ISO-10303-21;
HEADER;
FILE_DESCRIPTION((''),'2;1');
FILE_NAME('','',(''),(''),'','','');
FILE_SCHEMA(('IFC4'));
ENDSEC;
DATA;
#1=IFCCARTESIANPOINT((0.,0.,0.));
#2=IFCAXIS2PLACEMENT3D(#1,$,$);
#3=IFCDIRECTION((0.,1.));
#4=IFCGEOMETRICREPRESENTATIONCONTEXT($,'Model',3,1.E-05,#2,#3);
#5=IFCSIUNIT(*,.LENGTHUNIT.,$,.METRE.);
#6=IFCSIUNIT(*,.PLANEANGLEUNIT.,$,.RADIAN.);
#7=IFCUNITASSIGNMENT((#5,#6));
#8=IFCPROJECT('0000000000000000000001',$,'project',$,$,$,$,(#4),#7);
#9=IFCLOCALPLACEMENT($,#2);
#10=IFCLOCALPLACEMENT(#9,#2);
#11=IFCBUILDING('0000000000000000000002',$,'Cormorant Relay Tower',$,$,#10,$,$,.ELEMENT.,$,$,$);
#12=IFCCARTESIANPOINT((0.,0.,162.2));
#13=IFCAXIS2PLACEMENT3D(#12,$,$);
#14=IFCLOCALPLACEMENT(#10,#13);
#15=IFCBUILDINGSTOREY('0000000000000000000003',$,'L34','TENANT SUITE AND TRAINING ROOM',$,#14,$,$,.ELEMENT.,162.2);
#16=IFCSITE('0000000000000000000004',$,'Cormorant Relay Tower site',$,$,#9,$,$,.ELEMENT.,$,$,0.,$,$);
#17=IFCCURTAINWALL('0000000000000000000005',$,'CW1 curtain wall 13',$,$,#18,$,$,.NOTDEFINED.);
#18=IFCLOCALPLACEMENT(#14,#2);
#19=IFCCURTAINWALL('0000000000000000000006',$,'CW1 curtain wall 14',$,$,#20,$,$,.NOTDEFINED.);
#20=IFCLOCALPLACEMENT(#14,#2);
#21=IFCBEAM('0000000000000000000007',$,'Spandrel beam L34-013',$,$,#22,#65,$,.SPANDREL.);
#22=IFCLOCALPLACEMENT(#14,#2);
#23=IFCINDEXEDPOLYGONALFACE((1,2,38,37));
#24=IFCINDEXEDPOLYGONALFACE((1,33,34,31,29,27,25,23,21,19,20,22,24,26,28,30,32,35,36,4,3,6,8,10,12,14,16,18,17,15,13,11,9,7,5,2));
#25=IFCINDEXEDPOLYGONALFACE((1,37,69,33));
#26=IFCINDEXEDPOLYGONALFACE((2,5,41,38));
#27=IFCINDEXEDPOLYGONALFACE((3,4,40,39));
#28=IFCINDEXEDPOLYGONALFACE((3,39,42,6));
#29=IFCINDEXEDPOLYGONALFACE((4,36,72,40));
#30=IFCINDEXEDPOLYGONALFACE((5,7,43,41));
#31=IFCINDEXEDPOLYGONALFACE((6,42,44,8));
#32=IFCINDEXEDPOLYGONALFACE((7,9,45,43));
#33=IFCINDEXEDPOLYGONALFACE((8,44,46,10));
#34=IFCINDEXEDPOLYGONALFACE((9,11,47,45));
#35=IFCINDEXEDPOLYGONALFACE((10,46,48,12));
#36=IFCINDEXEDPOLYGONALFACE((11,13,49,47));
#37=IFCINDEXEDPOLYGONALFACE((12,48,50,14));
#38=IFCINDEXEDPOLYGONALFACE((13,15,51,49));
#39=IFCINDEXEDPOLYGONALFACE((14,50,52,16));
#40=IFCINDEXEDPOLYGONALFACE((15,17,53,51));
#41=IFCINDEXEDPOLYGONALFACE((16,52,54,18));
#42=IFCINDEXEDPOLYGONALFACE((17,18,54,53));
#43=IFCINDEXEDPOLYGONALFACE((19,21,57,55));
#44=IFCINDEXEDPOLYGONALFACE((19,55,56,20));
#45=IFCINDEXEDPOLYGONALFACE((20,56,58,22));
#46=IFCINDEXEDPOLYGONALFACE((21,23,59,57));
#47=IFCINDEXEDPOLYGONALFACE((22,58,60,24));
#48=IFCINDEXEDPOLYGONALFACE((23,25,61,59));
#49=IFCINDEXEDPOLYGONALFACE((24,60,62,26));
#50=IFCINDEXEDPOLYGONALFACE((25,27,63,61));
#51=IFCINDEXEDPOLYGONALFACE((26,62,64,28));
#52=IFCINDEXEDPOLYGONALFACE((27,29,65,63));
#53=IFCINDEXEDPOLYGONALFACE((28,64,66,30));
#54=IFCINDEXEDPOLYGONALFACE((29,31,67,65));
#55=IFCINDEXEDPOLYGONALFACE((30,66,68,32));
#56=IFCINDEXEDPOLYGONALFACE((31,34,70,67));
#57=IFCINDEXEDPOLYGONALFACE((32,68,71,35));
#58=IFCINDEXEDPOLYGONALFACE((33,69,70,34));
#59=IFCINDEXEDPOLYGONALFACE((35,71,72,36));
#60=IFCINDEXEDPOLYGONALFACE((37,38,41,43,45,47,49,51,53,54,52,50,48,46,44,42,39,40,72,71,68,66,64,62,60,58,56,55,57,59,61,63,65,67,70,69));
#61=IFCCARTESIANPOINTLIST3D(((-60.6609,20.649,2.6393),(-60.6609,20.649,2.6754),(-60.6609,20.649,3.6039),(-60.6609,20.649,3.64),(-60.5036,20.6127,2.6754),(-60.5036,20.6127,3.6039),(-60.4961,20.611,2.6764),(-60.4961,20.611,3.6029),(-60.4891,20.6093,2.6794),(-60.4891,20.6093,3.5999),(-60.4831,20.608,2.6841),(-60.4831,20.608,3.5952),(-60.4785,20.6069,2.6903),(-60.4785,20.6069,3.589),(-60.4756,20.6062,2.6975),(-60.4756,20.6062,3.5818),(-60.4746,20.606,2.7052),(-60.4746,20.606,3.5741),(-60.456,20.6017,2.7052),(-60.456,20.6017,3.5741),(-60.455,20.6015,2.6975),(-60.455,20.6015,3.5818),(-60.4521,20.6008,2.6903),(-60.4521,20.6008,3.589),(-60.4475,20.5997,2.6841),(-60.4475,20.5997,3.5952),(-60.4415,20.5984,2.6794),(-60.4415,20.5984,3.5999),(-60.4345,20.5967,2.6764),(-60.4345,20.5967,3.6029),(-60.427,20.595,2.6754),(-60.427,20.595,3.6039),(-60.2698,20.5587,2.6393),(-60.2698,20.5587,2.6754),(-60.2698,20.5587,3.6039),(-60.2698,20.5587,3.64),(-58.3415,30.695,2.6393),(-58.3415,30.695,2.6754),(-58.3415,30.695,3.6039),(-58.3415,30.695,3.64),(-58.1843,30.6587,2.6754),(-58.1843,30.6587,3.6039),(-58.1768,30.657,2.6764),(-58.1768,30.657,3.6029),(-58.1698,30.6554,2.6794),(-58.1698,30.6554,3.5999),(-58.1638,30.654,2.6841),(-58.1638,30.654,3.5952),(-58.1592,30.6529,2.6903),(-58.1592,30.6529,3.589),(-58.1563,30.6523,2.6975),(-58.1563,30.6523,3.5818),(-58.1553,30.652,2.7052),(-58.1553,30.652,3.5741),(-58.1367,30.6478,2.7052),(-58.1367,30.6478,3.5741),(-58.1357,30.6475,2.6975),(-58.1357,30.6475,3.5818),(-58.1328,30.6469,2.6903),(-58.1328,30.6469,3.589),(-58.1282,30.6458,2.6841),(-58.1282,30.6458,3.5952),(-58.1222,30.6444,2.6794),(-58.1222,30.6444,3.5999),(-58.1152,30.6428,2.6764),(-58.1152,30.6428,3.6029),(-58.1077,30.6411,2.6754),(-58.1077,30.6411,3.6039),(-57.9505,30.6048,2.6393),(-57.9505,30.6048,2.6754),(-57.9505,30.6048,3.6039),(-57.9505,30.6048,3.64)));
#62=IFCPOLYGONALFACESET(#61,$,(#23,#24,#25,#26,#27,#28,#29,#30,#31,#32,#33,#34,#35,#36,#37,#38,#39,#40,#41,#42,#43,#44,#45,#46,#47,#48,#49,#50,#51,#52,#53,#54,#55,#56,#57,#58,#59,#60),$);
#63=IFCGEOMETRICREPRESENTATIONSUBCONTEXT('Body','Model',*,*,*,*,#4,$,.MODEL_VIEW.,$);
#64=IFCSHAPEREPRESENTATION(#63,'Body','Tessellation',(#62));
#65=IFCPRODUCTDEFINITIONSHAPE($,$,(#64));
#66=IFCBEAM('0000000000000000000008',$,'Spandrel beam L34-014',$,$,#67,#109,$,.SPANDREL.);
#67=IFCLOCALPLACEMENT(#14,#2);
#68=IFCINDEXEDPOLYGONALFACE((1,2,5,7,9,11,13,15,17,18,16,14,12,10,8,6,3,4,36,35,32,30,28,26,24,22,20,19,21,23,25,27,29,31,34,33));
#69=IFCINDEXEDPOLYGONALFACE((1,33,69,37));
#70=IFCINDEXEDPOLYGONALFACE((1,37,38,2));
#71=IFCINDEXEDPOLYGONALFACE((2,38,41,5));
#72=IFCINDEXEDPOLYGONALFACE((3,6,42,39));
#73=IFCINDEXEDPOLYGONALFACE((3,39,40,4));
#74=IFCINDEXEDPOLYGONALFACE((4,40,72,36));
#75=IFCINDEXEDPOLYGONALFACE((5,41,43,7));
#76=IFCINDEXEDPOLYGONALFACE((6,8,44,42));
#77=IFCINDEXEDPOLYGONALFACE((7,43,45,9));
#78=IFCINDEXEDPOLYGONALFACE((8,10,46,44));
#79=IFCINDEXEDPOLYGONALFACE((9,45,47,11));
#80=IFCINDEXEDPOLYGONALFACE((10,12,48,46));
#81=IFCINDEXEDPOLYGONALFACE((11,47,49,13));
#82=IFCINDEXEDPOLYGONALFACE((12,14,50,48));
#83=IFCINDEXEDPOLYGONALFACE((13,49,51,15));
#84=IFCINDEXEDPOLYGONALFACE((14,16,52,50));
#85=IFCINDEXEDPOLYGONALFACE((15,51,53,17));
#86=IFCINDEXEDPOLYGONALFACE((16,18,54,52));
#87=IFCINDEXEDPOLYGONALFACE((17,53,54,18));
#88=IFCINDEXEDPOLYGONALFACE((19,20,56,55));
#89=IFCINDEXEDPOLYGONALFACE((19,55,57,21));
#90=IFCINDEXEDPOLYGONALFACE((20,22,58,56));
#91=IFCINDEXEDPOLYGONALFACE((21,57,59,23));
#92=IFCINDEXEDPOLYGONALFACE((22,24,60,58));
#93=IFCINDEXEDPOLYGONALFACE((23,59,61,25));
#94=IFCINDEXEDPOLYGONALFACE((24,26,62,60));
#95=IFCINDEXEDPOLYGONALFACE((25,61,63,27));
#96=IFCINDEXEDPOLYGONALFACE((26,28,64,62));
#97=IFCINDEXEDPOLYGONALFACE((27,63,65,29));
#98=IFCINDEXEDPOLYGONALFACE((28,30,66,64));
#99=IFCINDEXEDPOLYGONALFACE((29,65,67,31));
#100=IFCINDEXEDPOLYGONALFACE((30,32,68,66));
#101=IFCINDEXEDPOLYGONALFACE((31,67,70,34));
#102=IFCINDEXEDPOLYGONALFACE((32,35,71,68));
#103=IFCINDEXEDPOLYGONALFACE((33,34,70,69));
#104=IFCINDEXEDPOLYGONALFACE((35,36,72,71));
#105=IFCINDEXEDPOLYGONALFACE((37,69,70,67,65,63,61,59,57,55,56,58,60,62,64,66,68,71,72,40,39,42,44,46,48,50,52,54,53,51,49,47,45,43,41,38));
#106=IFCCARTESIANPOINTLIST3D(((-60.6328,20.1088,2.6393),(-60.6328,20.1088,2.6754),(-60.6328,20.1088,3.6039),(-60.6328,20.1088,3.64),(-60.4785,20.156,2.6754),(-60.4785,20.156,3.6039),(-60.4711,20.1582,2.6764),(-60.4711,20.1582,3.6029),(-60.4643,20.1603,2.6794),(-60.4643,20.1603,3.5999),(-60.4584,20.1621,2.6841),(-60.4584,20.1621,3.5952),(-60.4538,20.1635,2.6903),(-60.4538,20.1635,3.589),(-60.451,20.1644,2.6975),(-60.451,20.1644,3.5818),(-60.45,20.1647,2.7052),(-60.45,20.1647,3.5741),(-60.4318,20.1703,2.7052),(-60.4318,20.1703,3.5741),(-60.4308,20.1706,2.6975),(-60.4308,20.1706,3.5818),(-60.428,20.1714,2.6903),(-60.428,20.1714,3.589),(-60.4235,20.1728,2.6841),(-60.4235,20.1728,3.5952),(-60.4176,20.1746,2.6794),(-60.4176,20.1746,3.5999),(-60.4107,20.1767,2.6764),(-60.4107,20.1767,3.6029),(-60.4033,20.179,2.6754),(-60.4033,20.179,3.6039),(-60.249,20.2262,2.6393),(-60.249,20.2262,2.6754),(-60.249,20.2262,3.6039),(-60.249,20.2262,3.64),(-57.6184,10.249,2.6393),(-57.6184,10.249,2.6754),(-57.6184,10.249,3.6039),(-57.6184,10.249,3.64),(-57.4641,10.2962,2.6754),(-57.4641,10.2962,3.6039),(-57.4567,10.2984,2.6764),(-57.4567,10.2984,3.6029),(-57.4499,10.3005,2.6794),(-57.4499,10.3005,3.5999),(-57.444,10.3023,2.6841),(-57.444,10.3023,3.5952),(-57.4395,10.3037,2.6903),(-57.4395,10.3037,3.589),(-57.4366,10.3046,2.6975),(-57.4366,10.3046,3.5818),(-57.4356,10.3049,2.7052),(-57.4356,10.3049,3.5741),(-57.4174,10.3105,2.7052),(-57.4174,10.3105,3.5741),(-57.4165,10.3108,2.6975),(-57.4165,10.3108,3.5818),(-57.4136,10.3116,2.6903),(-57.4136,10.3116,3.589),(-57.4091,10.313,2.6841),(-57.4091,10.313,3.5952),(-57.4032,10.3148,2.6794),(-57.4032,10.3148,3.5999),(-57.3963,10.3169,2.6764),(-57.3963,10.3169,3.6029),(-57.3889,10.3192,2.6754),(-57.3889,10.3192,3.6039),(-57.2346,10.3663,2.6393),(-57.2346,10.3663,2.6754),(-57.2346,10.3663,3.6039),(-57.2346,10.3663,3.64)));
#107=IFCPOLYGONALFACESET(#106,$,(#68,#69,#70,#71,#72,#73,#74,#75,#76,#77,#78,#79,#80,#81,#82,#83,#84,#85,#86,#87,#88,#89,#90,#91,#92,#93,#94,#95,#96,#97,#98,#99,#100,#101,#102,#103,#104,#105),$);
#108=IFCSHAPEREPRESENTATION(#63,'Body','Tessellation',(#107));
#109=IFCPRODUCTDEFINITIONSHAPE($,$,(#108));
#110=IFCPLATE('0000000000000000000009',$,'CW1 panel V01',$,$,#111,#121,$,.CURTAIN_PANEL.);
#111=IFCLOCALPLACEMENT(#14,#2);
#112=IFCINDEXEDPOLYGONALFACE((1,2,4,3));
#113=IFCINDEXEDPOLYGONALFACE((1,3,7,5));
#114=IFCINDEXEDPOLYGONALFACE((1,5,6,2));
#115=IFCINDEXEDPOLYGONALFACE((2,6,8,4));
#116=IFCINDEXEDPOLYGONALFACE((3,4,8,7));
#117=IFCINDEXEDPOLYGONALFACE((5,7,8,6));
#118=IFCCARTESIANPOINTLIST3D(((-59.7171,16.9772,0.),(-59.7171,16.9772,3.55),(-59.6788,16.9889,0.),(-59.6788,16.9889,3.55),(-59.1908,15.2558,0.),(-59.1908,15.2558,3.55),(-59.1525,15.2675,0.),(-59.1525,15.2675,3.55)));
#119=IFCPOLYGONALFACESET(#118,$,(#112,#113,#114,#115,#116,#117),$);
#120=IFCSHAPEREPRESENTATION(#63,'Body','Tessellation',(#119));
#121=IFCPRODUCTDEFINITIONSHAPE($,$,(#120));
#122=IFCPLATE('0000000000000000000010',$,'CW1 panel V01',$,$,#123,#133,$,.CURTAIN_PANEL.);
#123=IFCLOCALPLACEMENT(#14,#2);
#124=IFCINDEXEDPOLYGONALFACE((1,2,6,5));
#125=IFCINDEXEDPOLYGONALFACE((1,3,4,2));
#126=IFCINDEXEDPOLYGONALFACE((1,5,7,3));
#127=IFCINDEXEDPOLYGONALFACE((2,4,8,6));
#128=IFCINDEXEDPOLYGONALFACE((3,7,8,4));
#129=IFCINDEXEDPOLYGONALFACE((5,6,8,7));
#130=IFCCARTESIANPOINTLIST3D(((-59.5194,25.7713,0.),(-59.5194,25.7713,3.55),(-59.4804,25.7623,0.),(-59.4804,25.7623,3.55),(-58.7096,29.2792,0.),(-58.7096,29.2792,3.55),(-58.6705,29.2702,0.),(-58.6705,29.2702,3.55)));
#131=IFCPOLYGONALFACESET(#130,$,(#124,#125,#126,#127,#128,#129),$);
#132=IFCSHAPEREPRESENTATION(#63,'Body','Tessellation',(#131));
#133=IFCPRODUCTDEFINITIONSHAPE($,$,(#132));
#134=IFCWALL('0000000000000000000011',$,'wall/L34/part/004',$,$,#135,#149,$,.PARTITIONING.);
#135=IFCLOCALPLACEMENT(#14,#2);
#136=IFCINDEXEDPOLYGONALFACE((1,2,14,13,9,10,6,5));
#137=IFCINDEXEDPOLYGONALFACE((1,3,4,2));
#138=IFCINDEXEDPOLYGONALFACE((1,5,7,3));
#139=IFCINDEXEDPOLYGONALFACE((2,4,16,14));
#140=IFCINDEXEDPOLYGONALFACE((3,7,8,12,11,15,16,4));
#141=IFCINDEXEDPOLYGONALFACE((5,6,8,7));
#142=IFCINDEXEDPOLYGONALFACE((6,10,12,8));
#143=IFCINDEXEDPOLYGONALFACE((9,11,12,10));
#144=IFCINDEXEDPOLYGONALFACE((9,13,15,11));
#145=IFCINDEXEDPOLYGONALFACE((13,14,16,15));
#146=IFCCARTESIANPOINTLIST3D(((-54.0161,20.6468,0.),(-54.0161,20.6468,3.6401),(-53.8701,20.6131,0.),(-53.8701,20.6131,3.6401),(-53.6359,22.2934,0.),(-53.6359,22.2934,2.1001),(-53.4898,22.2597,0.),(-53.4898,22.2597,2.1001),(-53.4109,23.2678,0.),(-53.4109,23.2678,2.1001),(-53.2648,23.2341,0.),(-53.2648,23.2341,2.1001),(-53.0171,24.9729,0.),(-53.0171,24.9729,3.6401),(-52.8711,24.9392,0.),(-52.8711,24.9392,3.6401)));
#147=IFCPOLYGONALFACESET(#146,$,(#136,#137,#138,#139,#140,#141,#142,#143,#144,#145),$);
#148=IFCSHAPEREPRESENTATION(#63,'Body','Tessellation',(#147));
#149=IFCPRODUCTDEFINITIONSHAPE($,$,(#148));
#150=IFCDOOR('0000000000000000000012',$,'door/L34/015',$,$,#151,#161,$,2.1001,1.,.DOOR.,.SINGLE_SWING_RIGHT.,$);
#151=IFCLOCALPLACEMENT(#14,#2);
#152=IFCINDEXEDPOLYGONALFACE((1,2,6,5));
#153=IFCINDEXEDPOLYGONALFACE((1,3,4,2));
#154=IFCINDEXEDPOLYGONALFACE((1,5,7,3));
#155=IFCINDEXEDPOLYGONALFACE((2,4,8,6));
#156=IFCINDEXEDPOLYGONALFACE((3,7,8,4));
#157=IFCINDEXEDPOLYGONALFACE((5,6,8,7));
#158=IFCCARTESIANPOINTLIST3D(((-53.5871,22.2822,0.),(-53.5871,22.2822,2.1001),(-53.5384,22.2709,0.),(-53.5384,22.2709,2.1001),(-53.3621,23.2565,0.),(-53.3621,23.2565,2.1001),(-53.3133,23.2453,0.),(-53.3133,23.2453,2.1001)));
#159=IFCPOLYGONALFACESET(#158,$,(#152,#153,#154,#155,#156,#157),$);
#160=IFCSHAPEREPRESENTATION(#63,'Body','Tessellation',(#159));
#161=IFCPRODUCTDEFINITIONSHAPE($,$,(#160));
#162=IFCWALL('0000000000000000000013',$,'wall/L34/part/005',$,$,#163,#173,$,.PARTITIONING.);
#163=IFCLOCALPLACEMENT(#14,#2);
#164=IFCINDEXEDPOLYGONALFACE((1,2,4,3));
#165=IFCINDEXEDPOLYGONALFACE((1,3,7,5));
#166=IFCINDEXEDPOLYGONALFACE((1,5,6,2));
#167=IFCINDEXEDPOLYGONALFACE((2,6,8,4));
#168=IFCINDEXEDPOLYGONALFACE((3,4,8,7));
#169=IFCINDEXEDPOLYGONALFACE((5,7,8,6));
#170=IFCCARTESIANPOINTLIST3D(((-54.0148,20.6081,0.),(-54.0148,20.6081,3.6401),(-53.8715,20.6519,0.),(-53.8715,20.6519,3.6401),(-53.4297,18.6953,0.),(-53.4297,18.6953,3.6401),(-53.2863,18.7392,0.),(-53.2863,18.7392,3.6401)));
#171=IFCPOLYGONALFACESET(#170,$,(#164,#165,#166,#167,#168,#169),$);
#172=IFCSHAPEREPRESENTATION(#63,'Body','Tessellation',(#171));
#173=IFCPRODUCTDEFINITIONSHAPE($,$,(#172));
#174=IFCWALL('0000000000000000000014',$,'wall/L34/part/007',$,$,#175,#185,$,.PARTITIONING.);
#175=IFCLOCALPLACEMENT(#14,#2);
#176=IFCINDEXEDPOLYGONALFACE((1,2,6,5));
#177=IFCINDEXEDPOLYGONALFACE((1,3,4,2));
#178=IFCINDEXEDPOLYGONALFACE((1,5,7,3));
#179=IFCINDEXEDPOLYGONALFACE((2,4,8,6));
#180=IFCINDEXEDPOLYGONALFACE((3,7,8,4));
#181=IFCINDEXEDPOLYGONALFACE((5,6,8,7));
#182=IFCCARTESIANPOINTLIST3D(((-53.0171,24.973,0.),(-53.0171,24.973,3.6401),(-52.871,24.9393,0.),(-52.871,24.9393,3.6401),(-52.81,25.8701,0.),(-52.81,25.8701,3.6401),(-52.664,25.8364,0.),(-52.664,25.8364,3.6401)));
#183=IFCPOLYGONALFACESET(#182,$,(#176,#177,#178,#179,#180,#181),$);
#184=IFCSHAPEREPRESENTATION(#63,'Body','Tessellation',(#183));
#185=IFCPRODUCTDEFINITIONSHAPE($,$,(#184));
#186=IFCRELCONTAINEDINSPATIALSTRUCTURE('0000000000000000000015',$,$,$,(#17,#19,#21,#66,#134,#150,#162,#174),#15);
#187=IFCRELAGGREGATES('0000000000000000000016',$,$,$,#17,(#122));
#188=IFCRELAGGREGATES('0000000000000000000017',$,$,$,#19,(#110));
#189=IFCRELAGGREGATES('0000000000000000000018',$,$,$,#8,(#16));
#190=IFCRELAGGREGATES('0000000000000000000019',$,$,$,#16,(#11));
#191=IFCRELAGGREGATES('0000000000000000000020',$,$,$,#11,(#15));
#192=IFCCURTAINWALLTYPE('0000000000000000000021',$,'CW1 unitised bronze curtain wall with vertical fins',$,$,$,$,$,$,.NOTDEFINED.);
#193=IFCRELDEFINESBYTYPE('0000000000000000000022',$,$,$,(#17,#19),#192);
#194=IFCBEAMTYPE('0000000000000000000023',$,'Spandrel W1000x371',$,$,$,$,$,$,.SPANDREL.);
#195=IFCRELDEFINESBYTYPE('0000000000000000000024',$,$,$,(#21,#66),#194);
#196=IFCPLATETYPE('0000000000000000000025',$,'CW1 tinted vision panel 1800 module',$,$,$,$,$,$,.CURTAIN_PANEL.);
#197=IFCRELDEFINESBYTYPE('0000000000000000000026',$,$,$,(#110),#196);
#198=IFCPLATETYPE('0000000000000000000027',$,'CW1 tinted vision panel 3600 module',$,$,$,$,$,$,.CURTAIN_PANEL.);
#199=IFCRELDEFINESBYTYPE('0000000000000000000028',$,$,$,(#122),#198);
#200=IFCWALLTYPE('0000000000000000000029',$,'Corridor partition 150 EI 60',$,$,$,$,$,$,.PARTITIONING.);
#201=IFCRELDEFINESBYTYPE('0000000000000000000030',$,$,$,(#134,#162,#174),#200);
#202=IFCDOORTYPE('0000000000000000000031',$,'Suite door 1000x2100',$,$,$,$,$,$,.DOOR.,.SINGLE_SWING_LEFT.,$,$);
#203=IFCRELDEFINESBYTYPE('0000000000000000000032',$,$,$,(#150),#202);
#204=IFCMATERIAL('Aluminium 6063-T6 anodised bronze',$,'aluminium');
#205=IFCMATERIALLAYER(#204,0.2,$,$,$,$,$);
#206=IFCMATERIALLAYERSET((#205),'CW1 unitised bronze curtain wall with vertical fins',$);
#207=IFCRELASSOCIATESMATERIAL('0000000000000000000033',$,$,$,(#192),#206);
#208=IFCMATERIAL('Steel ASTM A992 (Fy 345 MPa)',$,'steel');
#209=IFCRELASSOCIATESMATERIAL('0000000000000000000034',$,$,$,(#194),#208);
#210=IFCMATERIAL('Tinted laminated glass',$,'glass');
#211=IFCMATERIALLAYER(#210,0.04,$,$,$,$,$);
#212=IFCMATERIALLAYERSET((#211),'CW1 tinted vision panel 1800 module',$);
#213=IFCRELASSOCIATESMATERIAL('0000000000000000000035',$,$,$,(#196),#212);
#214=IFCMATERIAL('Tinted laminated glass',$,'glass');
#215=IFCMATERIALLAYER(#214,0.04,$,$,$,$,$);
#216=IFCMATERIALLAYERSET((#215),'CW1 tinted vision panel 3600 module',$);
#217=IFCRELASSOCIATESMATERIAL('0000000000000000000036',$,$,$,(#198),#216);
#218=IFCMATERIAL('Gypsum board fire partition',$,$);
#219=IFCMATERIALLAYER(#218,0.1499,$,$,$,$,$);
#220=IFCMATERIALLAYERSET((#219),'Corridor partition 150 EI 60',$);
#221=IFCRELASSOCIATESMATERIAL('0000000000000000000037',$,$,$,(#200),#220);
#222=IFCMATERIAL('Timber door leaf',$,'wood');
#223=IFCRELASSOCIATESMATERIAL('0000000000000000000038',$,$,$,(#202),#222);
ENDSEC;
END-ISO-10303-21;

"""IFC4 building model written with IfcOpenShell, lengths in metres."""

from ifc_helpers import new_model, si_unit, direction, frame, frame_2d, origin, origin_2d, place, context, subcontext, project, spatial, rectangle, i_section, extrude, material, layer, layer_set, material_profile, profile_set, type_object, element, fill, aggregate, save


model = new_model("IFC4")

# Units and contexts
model_context = context("Model", 3, precision=1e-05, world=origin(), true_north=direction((0.0, 1.0)))
body_context = subcontext(model_context, "Body", "Model", "MODEL_VIEW")
ifc_project = project(units=[si_unit("LENGTHUNIT", "METRE"), si_unit("PLANEANGLEUNIT", "RADIAN")], contexts=[model_context])

# Site, building, storey
site_placement = place(None, origin())
site = spatial("IfcSite", under=ifc_project, at=site_placement, Name="Cormorant Relay Tower site", CompositionType="ELEMENT", RefElevation=0.0)
building_placement = place(site_placement, origin())
building = spatial("IfcBuilding", under=site, at=building_placement, Name="Cormorant Relay Tower", CompositionType="ELEMENT")
storey_placement = place(building_placement, frame((0.0, 0.0, 162.2)))
storey = spatial("IfcBuildingStorey", under=building, at=storey_placement, Name="L34", Description="TENANT SUITE AND TRAINING ROOM", CompositionType="ELEMENT", Elevation=162.2)

# Curtain walls
ifc_material_1 = material(Name="Aluminium 6063-T6 anodised bronze", Category="aluminium")
ifc_layer_1 = layer(ifc_material_1, 0.2)
ifc_layer_set_1 = layer_set([ifc_layer_1], Name="CW1 unitised bronze curtain wall with vertical fins")
curtain_wall_type = type_object("IfcCurtainWallType", Name="CW1 unitised bronze curtain wall with vertical fins", PredefinedType="NOTDEFINED", material=ifc_layer_set_1)
curtain_wall_1_placement = place(storey_placement, origin())
curtain_wall_1 = element("IfcCurtainWall", 1, at=curtain_wall_1_placement, inside=storey, type_object=curtain_wall_type, Name="CW1 curtain wall 13", PredefinedType="NOTDEFINED")
curtain_wall_2_placement = place(storey_placement, origin())
curtain_wall_2 = element("IfcCurtainWall", 2, at=curtain_wall_2_placement, inside=storey, type_object=curtain_wall_type, Name="CW1 curtain wall 14", PredefinedType="NOTDEFINED")

# Beams
ifc_material_2 = material(Name="Steel ASTM A992 (Fy 345 MPa)", Category="steel")
ifc_material_profile_1 = material_profile(ifc_material_2, i_section(OverallWidth=0.4014, OverallDepth=1.0007, WebThickness=0.019, FlangeThickness=0.0361, FilletRadius=0.0298, at=origin_2d()), Name="W1000x371")
ifc_profile_set_1 = profile_set([ifc_material_profile_1], Name="Steel ASTM A992 (Fy 345 MPa)")
beam_type = type_object("IfcBeamType", Name="Spandrel W1000x371", PredefinedType="SPANDREL", material=ifc_profile_set_1)
for number, where, z_axis, x_axis, name in (
    (3, (-58.146, 30.6499, 3.1396), (-0.224951, -0.97437, 0.0), (0.97437, -0.224951, 0.0), "Spandrel beam L34-013"),
    (4, (-60.4409, 20.1675, 3.1396), (0.292367, -0.956306, 0.0), (0.956306, 0.292367, 0.0), "Spandrel beam L34-014"),
):
    element("IfcBeam", number, at=place(storey_placement, frame(where, z_axis=z_axis, x_axis=x_axis)), inside=storey, type_object=beam_type, Name=name, PredefinedType="SPANDREL", context=body_context, shape_type="SweptSolid", body=[
        extrude(i_section(OverallWidth=0.4014, OverallDepth=1.0007, WebThickness=0.019, FlangeThickness=0.0361, FilletRadius=0.0298, at=origin_2d()), origin(), (0.0, 0.0, 1.0), 10.3103),
    ])

# Plates
ifc_material_3 = material(Name="Tinted laminated glass", Category="glass")
ifc_layer_2 = layer(ifc_material_3, 0.04)
ifc_layer_set_2 = layer_set([ifc_layer_2], Name="CW1 tinted vision panel 1800 module")
plate_type_1 = type_object("IfcPlateType", Name="CW1 tinted vision panel 1800 module", PredefinedType="CURTAIN_PANEL", material=ifc_layer_set_2)
plate_1_placement = place(storey_placement, frame((-59.4348, 16.1223, 0.0), z_axis=(0.0, 0.0, 1.0), x_axis=(0.292372, -0.956305, 0.0)))
plate_1 = element("IfcPlate", 5, at=plate_1_placement, type_object=plate_type_1, Name="CW1 panel V01", PredefinedType="CURTAIN_PANEL", context=body_context, shape_type="SweptSolid", body=[
    extrude(rectangle(XDim=1.8, YDim=0.04, at=origin_2d()), origin(), (0.0, 0.0, 1.0), 3.55),
])
ifc_material_4 = material(Name="Tinted laminated glass", Category="glass")
ifc_layer_3 = layer(ifc_material_4, 0.04)
ifc_layer_set_3 = layer_set([ifc_layer_3], Name="CW1 tinted vision panel 3600 module")
plate_type_2 = type_object("IfcPlateType", Name="CW1 tinted vision panel 3600 module", PredefinedType="CURTAIN_PANEL", material=ifc_layer_set_3)
plate_2_placement = place(storey_placement, frame((-59.095, 27.5208, 0.0), z_axis=(0.0, 0.0, 1.0), x_axis=(-0.224951, -0.97437, 0.0)))
plate_2 = element("IfcPlate", 6, at=plate_2_placement, type_object=plate_type_2, Name="CW1 panel V01", PredefinedType="CURTAIN_PANEL", context=body_context, shape_type="SweptSolid", body=[
    extrude(rectangle(XDim=3.6001, YDim=0.04, at=origin_2d()), origin(), (0.0, 0.0, 1.0), 3.55),
])

# Wall, opening, door
ifc_material_5 = material(Name="Gypsum board fire partition")
ifc_layer_4 = layer(ifc_material_5, 0.1499)
ifc_layer_set_4 = layer_set([ifc_layer_4], Name="Corridor partition 150 EI 60")
wall_type_1 = type_object("IfcWallType", Name="Corridor partition 150 EI 60", PredefinedType="PARTITIONING", material=ifc_layer_set_4)
wall_1_placement = place(storey_placement, frame((-52.9441, 24.9561, 0.0), z_axis=(0.0, 0.0, 1.0), x_axis=(-0.225004, -0.974358, 0.0)))
wall_1 = element("IfcWall", 7, at=wall_1_placement, inside=storey, type_object=wall_type_1, Name="wall/L34/part/004", PredefinedType="PARTITIONING", context=body_context, shape_type="SweptSolid", body=[
    extrude(rectangle(XDim=4.4399, YDim=0.1499, at=frame_2d((2.22, 0.0))), origin(), (0.0, 0.0, 1.0), 3.6401),
])
opening_1_placement = place(wall_1_placement, frame((1.75, 0.0, 0.0)))
opening_1 = element("IfcOpeningElement", 8, at=opening_1_placement, cuts=wall_1, PredefinedType="OPENING", context=body_context, shape_type="SweptSolid", body=[
    extrude(rectangle(XDim=1.0, YDim=2.1001, at=frame_2d((0.5, 1.05))), frame((0.0, 0.085, 0.0), z_axis=(0.0, -1.0, 0.0), x_axis=(1.0, 0.0, 0.0)), (0.0, 0.0, 1.0), 0.1699),
])
ifc_material_6 = material(Name="Timber door leaf", Category="wood")
door_type_1 = type_object("IfcDoorType", Name="Suite door 1000x2100", OperationType="SINGLE_SWING_LEFT", PredefinedType="DOOR", material=ifc_material_6)
door_1_placement = place(opening_1_placement, frame((1.0, 0.0, 0.0), z_axis=(0.0, 0.0, 1.0), x_axis=(-1.0, 0.0, 0.0)))
door_1 = element("IfcDoor", 9, at=door_1_placement, inside=storey, type_object=door_type_1, Name="door/L34/015", OperationType="SINGLE_SWING_RIGHT", OverallHeight=2.1001, OverallWidth=1.0, PredefinedType="DOOR", context=body_context, shape_type="SweptSolid", body=[
    extrude(rectangle(XDim=1.0, YDim=2.1001, at=frame_2d((0.5, 1.05))), frame((0.0, 0.0249, 0.0), z_axis=(0.0, -1.0, 0.0), x_axis=(1.0, 0.0, 0.0)), (0.0, 0.0, 1.0), 0.05),
])
fill(opening_1, door_1)

# Walls
wall_2_placement = place(storey_placement, frame((-53.9431, 20.6299, 0.0), z_axis=(0.0, 0.0, 1.0), x_axis=(0.29255, -0.95625, 0.0)))
element("IfcWall", 10, at=wall_2_placement, inside=storey, type_object=wall_type_1, Name="wall/L34/part/005", PredefinedType="PARTITIONING", context=body_context, shape_type="SweptSolid", body=[
    extrude(rectangle(XDim=2.0002, YDim=0.1499, at=frame_2d((1.0, 0.0))), origin(), (0.0, 0.0, 1.0), 3.6401),
])
wall_3_placement = place(storey_placement, frame((-52.9441, 24.9561, 0.0), z_axis=(0.0, 0.0, 1.0), x_axis=(0.224898, 0.974382, 0.0)))
element("IfcWall", 11, at=wall_3_placement, inside=storey, type_object=wall_type_1, Name="wall/L34/part/007", PredefinedType="PARTITIONING", context=body_context, shape_type="SweptSolid", body=[
    extrude(rectangle(XDim=0.9207, YDim=0.1499, at=frame_2d((0.4604, 0.0))), origin(), (0.0, 0.0, 1.0), 3.6401),
])

aggregate(curtain_wall_1, [plate_2])
aggregate(curtain_wall_2, [plate_1])

save(model, "model.ifc")
